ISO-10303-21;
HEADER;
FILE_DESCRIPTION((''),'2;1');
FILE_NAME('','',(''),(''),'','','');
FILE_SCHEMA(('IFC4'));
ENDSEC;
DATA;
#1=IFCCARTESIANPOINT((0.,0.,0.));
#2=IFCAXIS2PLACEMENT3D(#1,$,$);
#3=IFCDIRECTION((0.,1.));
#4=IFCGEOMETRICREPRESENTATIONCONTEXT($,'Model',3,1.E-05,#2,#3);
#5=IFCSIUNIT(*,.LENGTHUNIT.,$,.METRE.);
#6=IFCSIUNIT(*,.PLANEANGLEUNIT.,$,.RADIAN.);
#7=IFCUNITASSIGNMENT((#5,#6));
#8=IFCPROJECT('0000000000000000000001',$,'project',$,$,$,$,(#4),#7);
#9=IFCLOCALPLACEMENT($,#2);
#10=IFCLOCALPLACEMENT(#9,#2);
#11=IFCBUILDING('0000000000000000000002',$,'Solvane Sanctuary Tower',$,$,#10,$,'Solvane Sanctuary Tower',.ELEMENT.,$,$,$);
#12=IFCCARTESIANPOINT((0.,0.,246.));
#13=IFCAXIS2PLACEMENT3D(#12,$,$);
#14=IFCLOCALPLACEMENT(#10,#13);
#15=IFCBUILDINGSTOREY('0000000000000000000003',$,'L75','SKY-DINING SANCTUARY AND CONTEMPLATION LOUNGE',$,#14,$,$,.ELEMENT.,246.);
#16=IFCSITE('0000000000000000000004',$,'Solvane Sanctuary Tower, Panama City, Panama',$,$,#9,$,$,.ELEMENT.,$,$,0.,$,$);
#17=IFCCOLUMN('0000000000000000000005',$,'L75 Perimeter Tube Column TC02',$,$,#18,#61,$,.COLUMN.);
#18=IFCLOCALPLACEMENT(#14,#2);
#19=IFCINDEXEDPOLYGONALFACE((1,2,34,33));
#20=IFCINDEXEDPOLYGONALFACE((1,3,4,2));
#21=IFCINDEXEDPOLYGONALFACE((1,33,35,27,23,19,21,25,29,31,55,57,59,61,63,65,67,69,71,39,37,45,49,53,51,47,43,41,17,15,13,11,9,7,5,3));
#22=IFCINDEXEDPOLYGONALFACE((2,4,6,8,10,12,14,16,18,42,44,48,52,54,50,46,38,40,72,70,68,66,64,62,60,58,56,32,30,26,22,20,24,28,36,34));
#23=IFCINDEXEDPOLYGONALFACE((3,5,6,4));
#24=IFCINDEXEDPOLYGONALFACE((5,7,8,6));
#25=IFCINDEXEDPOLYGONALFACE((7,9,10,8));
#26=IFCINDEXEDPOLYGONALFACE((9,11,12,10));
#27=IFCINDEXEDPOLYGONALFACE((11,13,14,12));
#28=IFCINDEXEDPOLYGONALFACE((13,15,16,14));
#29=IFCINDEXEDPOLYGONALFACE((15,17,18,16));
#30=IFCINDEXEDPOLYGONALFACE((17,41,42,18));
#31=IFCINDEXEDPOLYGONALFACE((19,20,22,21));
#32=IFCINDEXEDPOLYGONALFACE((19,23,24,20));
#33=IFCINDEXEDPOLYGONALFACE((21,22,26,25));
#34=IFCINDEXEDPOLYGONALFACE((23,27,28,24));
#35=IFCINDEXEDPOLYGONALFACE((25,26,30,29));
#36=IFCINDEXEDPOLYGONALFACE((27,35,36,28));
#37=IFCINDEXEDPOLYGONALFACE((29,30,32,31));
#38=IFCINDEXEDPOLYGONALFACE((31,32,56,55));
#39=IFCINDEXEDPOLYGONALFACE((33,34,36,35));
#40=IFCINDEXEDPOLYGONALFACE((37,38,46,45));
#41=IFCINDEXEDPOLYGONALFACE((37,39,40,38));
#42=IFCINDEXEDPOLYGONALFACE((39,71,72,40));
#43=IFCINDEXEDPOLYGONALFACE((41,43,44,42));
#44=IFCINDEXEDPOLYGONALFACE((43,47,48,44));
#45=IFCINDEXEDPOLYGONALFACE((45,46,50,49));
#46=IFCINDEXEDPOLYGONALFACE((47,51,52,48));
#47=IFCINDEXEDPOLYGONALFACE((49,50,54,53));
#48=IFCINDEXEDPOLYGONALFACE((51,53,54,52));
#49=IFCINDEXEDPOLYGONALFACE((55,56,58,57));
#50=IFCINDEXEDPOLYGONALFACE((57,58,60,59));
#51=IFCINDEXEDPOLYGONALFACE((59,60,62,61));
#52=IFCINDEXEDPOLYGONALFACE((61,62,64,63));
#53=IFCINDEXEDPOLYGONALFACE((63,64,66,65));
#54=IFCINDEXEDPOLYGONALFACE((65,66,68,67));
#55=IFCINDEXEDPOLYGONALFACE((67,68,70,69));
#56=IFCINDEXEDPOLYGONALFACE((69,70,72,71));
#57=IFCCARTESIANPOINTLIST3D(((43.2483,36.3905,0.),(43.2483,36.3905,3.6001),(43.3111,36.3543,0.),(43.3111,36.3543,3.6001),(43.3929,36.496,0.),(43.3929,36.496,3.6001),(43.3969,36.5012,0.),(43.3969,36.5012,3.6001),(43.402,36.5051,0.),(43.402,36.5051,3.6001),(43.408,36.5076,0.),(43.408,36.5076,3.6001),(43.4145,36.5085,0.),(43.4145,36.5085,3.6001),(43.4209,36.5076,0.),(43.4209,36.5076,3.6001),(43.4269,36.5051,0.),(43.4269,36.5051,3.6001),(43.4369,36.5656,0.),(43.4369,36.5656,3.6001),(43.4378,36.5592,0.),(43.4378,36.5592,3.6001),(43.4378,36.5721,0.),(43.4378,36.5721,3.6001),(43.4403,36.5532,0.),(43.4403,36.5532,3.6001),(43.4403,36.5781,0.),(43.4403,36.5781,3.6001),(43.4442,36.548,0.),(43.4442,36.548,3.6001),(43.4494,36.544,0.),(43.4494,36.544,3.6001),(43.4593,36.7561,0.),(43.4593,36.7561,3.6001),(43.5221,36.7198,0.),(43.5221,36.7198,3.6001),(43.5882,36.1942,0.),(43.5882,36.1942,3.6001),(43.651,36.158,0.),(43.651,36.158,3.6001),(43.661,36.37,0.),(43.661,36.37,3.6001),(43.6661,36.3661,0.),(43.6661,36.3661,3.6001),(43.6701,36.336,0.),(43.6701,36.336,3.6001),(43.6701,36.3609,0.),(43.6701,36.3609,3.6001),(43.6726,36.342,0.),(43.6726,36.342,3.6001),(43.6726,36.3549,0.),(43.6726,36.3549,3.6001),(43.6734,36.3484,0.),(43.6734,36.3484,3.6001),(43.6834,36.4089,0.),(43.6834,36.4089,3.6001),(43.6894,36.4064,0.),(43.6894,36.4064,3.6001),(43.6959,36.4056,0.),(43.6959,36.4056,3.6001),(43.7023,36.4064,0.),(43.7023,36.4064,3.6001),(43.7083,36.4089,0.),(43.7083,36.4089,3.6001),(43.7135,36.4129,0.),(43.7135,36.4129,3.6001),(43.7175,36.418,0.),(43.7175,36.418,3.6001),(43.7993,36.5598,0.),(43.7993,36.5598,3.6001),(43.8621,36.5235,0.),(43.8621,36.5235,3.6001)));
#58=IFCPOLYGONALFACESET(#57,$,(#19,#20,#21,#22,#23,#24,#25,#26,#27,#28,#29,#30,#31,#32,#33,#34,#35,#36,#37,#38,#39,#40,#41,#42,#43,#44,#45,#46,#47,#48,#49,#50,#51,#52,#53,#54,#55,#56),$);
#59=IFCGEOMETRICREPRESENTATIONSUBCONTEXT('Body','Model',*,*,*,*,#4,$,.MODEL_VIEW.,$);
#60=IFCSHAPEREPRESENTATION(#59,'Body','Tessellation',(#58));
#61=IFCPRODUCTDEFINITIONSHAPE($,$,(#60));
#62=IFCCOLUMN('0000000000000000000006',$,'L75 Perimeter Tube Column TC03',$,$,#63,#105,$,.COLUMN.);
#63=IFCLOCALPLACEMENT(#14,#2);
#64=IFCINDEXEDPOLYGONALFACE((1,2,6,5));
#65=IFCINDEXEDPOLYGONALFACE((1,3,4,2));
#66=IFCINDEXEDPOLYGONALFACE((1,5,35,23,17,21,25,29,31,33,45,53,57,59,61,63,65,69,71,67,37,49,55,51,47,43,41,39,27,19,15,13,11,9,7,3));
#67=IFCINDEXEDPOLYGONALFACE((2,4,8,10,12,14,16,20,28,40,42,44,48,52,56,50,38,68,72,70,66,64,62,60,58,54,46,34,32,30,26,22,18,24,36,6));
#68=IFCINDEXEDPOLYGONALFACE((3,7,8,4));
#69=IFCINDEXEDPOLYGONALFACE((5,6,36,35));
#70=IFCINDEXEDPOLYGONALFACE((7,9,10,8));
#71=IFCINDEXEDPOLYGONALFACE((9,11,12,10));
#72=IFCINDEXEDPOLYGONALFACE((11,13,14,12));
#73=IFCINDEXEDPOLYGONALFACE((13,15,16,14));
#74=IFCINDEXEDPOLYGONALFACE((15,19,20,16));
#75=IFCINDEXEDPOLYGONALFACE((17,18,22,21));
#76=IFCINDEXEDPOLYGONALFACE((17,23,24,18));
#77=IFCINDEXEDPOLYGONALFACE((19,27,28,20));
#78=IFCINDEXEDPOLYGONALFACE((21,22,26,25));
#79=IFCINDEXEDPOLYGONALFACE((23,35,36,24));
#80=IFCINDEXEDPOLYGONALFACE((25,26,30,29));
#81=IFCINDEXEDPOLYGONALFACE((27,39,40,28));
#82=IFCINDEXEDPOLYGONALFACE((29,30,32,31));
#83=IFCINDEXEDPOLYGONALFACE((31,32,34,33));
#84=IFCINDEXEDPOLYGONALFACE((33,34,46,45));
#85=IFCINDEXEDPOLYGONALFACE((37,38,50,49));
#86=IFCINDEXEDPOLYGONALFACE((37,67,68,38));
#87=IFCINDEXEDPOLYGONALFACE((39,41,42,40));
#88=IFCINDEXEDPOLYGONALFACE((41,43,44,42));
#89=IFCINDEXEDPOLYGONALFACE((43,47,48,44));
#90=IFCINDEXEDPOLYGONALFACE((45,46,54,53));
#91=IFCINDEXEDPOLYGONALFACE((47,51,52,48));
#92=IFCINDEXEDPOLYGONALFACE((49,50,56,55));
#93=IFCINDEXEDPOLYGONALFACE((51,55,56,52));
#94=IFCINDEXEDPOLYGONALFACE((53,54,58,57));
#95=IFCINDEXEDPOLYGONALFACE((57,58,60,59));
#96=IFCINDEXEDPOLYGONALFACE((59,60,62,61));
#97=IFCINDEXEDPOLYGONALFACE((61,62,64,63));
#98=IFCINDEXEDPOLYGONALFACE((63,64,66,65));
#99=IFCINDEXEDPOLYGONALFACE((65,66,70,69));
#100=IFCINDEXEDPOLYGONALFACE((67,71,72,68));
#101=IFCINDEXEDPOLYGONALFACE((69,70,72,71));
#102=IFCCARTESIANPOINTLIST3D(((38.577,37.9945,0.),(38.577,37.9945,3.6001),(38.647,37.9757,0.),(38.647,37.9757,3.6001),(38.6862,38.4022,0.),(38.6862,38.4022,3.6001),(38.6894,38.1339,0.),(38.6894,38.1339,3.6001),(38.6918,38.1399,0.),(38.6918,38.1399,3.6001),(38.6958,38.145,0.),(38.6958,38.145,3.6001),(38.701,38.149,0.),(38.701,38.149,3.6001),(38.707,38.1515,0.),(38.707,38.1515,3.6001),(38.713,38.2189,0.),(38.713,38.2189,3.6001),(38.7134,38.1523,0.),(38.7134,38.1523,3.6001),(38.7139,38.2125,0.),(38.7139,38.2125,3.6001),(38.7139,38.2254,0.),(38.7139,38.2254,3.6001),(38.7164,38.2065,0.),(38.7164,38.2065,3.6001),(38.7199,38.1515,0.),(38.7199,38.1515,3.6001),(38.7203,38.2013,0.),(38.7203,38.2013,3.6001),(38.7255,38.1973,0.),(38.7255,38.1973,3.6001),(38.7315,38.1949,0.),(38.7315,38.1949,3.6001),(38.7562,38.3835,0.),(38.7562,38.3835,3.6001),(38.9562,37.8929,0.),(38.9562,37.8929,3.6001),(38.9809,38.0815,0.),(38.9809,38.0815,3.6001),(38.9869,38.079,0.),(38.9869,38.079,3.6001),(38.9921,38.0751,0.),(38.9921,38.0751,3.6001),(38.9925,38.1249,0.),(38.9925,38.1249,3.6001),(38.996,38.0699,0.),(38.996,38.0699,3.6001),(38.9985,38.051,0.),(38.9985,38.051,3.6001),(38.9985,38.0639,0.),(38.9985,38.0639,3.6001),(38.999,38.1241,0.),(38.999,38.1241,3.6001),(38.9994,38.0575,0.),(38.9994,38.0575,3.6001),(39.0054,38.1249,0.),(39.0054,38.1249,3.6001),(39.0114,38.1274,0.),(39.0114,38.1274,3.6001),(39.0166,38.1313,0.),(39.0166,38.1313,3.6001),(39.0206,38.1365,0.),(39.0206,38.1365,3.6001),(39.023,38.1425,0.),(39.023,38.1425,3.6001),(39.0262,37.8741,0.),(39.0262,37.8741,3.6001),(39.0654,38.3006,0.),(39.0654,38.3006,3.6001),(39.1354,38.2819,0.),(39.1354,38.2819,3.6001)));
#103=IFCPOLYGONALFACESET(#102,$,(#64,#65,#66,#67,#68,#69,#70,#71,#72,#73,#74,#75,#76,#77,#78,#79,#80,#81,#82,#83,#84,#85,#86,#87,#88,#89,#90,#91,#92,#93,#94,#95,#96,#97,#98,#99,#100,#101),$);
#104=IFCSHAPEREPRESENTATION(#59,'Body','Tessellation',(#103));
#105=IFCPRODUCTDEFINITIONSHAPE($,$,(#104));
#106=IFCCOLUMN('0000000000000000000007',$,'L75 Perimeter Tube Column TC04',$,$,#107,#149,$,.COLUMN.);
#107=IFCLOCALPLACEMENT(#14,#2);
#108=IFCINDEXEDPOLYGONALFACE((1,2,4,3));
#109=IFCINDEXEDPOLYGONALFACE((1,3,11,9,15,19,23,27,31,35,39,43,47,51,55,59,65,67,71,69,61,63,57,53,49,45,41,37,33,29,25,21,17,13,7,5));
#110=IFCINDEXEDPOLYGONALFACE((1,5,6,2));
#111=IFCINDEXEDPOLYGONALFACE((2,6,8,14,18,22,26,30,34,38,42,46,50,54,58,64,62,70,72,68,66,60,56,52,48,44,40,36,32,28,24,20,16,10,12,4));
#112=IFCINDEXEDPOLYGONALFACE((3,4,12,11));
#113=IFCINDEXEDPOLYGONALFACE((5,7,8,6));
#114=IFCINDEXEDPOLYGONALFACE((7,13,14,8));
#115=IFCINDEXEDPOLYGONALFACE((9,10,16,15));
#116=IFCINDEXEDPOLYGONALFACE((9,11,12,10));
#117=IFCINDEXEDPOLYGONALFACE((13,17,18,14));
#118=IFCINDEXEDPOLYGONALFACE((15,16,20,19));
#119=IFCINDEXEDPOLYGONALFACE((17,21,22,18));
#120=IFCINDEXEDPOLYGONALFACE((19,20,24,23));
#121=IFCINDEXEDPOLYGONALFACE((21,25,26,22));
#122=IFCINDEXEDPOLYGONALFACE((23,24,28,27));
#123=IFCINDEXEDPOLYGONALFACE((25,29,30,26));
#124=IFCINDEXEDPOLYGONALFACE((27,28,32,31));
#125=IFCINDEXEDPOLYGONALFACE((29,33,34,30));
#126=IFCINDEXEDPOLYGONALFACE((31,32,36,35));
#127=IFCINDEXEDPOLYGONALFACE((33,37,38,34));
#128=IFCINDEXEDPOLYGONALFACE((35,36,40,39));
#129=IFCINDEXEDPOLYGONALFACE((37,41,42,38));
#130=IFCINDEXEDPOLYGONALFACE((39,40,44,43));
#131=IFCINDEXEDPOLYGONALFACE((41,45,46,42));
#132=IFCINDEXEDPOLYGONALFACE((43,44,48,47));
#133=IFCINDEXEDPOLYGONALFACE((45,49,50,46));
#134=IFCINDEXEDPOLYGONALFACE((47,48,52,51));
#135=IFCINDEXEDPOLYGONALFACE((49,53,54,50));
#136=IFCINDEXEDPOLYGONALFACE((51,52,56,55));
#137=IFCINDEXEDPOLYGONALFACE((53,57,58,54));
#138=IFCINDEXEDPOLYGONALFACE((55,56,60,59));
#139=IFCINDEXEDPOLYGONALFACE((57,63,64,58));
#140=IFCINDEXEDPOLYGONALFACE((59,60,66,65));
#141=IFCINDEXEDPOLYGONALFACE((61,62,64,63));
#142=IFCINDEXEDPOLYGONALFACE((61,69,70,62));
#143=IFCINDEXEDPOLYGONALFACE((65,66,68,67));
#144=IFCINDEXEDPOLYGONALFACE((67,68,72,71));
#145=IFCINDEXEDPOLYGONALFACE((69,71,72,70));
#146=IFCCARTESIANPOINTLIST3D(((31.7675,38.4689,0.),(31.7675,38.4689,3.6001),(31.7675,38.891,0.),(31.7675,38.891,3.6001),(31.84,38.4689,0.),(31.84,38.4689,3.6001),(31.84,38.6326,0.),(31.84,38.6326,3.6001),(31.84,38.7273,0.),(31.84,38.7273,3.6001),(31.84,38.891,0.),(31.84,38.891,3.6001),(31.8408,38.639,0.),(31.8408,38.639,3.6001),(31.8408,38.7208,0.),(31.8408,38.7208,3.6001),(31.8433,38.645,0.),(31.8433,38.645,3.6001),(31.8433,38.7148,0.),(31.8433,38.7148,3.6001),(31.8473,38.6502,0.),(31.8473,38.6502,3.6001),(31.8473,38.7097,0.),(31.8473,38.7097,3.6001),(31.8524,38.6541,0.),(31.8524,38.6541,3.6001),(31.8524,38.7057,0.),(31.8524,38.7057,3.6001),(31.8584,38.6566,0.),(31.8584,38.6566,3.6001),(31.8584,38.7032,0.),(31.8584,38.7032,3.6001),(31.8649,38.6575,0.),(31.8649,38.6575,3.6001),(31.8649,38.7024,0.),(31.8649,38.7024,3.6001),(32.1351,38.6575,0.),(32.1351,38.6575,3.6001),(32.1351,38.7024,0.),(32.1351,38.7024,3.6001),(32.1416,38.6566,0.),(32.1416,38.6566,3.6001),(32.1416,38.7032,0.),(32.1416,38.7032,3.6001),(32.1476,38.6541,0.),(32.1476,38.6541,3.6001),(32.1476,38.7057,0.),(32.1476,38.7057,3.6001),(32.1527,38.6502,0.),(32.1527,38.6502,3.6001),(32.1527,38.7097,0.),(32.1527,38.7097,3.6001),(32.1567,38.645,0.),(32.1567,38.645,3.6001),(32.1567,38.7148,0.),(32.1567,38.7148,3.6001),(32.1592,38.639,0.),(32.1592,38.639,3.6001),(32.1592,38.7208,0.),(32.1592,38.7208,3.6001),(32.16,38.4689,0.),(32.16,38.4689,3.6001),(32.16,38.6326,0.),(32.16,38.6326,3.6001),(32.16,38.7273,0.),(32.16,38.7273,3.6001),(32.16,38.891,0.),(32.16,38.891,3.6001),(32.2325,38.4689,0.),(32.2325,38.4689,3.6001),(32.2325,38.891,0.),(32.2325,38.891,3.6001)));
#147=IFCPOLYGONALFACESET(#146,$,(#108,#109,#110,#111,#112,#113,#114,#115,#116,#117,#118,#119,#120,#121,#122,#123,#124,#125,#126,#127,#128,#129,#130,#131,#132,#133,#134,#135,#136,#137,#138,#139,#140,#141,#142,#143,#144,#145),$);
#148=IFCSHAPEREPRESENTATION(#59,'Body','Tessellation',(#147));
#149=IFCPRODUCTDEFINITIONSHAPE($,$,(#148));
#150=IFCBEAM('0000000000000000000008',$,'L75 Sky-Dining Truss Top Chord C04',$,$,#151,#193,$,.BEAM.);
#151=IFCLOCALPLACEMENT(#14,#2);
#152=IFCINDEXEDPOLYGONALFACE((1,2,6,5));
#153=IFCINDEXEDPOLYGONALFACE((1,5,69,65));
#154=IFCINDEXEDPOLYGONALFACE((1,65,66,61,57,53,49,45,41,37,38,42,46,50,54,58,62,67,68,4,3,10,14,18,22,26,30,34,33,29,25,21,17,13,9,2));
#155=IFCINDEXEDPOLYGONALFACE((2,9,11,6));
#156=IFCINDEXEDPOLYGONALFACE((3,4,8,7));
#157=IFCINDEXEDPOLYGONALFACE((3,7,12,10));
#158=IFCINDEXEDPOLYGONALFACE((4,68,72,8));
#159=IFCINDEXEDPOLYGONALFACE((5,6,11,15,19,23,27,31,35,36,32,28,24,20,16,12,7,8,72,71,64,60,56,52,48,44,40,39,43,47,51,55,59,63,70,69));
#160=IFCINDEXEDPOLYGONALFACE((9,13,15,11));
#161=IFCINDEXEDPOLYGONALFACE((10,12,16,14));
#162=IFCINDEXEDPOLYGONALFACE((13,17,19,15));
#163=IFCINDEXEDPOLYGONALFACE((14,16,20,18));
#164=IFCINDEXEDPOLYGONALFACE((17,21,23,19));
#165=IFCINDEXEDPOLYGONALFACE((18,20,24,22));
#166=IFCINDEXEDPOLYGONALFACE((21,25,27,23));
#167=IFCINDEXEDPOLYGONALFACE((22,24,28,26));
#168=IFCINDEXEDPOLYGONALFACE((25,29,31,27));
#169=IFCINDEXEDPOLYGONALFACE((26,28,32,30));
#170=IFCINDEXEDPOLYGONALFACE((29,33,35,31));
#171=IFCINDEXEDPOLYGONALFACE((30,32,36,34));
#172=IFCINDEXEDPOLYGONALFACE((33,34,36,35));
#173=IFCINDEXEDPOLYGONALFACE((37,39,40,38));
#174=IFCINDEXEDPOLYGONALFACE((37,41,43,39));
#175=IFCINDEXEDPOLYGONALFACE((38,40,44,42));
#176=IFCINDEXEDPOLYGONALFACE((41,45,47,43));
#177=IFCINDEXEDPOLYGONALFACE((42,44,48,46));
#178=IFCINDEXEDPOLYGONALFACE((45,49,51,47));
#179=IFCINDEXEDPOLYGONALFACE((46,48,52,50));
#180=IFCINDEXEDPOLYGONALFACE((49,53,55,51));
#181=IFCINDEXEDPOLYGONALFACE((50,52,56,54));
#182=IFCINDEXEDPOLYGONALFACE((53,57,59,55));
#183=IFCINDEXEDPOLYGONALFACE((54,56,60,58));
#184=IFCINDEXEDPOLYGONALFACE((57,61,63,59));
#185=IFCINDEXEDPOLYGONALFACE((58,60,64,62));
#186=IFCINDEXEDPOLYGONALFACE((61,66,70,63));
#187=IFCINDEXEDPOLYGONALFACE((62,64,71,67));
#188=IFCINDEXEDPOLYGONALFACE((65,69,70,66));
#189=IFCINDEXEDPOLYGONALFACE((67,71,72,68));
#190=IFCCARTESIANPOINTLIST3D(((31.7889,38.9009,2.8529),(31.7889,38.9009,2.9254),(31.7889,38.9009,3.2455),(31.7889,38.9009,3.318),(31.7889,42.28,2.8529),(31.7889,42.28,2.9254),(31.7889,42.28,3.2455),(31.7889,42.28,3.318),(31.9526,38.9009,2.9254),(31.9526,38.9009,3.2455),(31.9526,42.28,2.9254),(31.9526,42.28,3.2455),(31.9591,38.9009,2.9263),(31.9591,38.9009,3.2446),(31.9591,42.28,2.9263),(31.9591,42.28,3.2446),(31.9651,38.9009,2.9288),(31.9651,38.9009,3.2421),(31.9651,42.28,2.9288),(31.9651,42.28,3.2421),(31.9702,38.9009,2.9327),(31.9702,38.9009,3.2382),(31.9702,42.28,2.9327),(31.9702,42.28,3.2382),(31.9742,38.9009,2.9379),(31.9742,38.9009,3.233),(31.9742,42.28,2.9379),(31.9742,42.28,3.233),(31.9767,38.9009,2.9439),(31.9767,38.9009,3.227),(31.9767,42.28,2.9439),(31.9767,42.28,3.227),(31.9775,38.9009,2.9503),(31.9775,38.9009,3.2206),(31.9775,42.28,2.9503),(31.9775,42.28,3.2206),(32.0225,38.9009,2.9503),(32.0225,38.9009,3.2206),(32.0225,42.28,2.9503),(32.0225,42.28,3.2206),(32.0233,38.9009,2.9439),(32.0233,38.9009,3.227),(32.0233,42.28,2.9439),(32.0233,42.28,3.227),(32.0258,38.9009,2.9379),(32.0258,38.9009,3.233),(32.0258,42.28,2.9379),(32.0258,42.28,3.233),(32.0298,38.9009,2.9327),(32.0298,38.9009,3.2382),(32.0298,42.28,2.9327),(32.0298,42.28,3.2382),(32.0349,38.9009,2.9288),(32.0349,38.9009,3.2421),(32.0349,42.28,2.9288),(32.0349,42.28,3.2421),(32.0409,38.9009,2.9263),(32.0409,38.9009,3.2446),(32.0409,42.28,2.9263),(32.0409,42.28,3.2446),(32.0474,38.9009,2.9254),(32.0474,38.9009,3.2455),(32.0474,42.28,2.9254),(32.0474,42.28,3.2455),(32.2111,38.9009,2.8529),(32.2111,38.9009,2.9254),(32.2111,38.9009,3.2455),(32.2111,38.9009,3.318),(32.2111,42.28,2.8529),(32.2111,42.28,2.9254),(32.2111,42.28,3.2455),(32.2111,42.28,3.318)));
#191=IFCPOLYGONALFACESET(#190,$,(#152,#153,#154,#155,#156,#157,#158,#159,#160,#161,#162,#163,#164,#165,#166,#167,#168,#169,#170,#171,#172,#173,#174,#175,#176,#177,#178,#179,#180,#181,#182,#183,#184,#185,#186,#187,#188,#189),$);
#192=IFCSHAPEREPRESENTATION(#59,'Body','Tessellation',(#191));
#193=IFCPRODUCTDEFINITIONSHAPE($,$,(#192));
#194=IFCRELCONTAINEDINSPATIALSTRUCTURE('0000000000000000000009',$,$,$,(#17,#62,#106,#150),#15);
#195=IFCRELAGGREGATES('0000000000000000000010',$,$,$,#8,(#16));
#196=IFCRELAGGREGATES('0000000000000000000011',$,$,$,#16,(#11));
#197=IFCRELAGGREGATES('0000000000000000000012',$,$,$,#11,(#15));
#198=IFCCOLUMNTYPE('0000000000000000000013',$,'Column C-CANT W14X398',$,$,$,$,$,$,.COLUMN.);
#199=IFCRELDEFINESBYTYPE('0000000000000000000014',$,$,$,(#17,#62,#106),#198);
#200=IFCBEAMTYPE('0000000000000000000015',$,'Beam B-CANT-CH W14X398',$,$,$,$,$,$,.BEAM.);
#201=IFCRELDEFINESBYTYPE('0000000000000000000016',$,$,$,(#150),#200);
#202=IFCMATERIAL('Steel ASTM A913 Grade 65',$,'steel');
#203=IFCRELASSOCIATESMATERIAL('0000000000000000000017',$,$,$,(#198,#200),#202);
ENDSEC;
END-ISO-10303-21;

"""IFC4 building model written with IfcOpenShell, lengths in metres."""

from ifc_helpers import new_model, si_unit, direction, frame, origin, origin_2d, place, context, subcontext, project, spatial, i_section, extrude, material, material_profile, profile_set, type_object, element, save


model = new_model("IFC4")

# Units and contexts
model_context = context("Model", 3, precision=1e-05, world=origin(), true_north=direction((0.0, 1.0)))
body_context = subcontext(model_context, "Body", "Model", "MODEL_VIEW")
ifc_project = project(units=[si_unit("LENGTHUNIT", "METRE"), si_unit("PLANEANGLEUNIT", "RADIAN")], contexts=[model_context])

# Site, building, storey
site_placement = place(None, origin())
site = spatial("IfcSite", under=ifc_project, at=site_placement, Name="Solvane Sanctuary Tower, Panama City, Panama", CompositionType="ELEMENT", RefElevation=0.0)
building_placement = place(site_placement, origin())
building = spatial("IfcBuilding", under=site, at=building_placement, Name="Solvane Sanctuary Tower", LongName="Solvane Sanctuary Tower", CompositionType="ELEMENT")
storey_placement = place(building_placement, frame((0.0, 0.0, 246.0)))
storey = spatial("IfcBuildingStorey", under=building, at=storey_placement, Name="L75", Description="SKY-DINING SANCTUARY AND CONTEMPLATION LOUNGE", CompositionType="ELEMENT", Elevation=246.0)

# Columns
ifc_material_1 = material(Name="Steel ASTM A913 Grade 65", Category="steel")
ifc_material_profile_1 = material_profile(ifc_material_1, i_section(OverallWidth=0.4221, OverallDepth=0.4651, WebThickness=0.0449, FlangeThickness=0.0725, FilletRadius=0.0249, at=origin_2d()), Name="W14X398")
ifc_profile_set_1 = profile_set([ifc_material_profile_1], Name="Steel ASTM A913 Grade 65")
column_type = type_object("IfcColumnType", Name="Column C-CANT W14X398", PredefinedType="COLUMN", material=ifc_profile_set_1)
for number, where, z_axis, x_axis, name in (
    (1, (43.5552, 36.457, 0.0), (0.0, 0.0, 1.0), (0.5, 0.866025, 0.0), "L75 Perimeter Tube Column TC02"),
    (2, (38.8562, 38.1382, 0.0), (0.0, 0.0, 1.0), (0.258819, 0.965926, 0.0), "L75 Perimeter Tube Column TC03"),
    (3, (32.0, 38.6799, 0.0), (0.0, 0.0, 1.0), (0.0, 1.0, 0.0), "L75 Perimeter Tube Column TC04"),
):
    element("IfcColumn", number, at=place(storey_placement, frame(where, z_axis=z_axis, x_axis=x_axis)), inside=storey, type_object=column_type, Name=name, PredefinedType="COLUMN", context=body_context, shape_type="SweptSolid", body=[
        extrude(i_section(OverallWidth=0.4221, OverallDepth=0.4651, WebThickness=0.0449, FlangeThickness=0.0725, FilletRadius=0.0249, at=origin_2d()), origin(), (0.0, 0.0, 1.0), 3.6001),
    ])

# Beam
ifc_material_profile_2 = material_profile(ifc_material_1, i_section(OverallWidth=0.4221, OverallDepth=0.4651, WebThickness=0.0449, FlangeThickness=0.0725, FilletRadius=0.0249, at=origin_2d()), Name="W14X398")
ifc_profile_set_2 = profile_set([ifc_material_profile_2], Name="Steel ASTM A913 Grade 65")
beam_type_1 = type_object("IfcBeamType", Name="Beam B-CANT-CH W14X398", PredefinedType="BEAM", material=ifc_profile_set_2)
beam_1_placement = place(storey_placement, frame((32.0, 38.9009, 3.0854), z_axis=(0.0, 1.0, 0.0), x_axis=(-1.0, 0.0, 0.0)))
element("IfcBeam", 4, at=beam_1_placement, inside=storey, type_object=beam_type_1, Name="L75 Sky-Dining Truss Top Chord C04", PredefinedType="BEAM", context=body_context, shape_type="SweptSolid", body=[
    extrude(i_section(OverallWidth=0.4221, OverallDepth=0.4651, WebThickness=0.0449, FlangeThickness=0.0725, FilletRadius=0.0249, at=origin_2d()), origin(), (0.0, 0.0, 1.0), 3.3792),
])

save(model, "model.ifc")
